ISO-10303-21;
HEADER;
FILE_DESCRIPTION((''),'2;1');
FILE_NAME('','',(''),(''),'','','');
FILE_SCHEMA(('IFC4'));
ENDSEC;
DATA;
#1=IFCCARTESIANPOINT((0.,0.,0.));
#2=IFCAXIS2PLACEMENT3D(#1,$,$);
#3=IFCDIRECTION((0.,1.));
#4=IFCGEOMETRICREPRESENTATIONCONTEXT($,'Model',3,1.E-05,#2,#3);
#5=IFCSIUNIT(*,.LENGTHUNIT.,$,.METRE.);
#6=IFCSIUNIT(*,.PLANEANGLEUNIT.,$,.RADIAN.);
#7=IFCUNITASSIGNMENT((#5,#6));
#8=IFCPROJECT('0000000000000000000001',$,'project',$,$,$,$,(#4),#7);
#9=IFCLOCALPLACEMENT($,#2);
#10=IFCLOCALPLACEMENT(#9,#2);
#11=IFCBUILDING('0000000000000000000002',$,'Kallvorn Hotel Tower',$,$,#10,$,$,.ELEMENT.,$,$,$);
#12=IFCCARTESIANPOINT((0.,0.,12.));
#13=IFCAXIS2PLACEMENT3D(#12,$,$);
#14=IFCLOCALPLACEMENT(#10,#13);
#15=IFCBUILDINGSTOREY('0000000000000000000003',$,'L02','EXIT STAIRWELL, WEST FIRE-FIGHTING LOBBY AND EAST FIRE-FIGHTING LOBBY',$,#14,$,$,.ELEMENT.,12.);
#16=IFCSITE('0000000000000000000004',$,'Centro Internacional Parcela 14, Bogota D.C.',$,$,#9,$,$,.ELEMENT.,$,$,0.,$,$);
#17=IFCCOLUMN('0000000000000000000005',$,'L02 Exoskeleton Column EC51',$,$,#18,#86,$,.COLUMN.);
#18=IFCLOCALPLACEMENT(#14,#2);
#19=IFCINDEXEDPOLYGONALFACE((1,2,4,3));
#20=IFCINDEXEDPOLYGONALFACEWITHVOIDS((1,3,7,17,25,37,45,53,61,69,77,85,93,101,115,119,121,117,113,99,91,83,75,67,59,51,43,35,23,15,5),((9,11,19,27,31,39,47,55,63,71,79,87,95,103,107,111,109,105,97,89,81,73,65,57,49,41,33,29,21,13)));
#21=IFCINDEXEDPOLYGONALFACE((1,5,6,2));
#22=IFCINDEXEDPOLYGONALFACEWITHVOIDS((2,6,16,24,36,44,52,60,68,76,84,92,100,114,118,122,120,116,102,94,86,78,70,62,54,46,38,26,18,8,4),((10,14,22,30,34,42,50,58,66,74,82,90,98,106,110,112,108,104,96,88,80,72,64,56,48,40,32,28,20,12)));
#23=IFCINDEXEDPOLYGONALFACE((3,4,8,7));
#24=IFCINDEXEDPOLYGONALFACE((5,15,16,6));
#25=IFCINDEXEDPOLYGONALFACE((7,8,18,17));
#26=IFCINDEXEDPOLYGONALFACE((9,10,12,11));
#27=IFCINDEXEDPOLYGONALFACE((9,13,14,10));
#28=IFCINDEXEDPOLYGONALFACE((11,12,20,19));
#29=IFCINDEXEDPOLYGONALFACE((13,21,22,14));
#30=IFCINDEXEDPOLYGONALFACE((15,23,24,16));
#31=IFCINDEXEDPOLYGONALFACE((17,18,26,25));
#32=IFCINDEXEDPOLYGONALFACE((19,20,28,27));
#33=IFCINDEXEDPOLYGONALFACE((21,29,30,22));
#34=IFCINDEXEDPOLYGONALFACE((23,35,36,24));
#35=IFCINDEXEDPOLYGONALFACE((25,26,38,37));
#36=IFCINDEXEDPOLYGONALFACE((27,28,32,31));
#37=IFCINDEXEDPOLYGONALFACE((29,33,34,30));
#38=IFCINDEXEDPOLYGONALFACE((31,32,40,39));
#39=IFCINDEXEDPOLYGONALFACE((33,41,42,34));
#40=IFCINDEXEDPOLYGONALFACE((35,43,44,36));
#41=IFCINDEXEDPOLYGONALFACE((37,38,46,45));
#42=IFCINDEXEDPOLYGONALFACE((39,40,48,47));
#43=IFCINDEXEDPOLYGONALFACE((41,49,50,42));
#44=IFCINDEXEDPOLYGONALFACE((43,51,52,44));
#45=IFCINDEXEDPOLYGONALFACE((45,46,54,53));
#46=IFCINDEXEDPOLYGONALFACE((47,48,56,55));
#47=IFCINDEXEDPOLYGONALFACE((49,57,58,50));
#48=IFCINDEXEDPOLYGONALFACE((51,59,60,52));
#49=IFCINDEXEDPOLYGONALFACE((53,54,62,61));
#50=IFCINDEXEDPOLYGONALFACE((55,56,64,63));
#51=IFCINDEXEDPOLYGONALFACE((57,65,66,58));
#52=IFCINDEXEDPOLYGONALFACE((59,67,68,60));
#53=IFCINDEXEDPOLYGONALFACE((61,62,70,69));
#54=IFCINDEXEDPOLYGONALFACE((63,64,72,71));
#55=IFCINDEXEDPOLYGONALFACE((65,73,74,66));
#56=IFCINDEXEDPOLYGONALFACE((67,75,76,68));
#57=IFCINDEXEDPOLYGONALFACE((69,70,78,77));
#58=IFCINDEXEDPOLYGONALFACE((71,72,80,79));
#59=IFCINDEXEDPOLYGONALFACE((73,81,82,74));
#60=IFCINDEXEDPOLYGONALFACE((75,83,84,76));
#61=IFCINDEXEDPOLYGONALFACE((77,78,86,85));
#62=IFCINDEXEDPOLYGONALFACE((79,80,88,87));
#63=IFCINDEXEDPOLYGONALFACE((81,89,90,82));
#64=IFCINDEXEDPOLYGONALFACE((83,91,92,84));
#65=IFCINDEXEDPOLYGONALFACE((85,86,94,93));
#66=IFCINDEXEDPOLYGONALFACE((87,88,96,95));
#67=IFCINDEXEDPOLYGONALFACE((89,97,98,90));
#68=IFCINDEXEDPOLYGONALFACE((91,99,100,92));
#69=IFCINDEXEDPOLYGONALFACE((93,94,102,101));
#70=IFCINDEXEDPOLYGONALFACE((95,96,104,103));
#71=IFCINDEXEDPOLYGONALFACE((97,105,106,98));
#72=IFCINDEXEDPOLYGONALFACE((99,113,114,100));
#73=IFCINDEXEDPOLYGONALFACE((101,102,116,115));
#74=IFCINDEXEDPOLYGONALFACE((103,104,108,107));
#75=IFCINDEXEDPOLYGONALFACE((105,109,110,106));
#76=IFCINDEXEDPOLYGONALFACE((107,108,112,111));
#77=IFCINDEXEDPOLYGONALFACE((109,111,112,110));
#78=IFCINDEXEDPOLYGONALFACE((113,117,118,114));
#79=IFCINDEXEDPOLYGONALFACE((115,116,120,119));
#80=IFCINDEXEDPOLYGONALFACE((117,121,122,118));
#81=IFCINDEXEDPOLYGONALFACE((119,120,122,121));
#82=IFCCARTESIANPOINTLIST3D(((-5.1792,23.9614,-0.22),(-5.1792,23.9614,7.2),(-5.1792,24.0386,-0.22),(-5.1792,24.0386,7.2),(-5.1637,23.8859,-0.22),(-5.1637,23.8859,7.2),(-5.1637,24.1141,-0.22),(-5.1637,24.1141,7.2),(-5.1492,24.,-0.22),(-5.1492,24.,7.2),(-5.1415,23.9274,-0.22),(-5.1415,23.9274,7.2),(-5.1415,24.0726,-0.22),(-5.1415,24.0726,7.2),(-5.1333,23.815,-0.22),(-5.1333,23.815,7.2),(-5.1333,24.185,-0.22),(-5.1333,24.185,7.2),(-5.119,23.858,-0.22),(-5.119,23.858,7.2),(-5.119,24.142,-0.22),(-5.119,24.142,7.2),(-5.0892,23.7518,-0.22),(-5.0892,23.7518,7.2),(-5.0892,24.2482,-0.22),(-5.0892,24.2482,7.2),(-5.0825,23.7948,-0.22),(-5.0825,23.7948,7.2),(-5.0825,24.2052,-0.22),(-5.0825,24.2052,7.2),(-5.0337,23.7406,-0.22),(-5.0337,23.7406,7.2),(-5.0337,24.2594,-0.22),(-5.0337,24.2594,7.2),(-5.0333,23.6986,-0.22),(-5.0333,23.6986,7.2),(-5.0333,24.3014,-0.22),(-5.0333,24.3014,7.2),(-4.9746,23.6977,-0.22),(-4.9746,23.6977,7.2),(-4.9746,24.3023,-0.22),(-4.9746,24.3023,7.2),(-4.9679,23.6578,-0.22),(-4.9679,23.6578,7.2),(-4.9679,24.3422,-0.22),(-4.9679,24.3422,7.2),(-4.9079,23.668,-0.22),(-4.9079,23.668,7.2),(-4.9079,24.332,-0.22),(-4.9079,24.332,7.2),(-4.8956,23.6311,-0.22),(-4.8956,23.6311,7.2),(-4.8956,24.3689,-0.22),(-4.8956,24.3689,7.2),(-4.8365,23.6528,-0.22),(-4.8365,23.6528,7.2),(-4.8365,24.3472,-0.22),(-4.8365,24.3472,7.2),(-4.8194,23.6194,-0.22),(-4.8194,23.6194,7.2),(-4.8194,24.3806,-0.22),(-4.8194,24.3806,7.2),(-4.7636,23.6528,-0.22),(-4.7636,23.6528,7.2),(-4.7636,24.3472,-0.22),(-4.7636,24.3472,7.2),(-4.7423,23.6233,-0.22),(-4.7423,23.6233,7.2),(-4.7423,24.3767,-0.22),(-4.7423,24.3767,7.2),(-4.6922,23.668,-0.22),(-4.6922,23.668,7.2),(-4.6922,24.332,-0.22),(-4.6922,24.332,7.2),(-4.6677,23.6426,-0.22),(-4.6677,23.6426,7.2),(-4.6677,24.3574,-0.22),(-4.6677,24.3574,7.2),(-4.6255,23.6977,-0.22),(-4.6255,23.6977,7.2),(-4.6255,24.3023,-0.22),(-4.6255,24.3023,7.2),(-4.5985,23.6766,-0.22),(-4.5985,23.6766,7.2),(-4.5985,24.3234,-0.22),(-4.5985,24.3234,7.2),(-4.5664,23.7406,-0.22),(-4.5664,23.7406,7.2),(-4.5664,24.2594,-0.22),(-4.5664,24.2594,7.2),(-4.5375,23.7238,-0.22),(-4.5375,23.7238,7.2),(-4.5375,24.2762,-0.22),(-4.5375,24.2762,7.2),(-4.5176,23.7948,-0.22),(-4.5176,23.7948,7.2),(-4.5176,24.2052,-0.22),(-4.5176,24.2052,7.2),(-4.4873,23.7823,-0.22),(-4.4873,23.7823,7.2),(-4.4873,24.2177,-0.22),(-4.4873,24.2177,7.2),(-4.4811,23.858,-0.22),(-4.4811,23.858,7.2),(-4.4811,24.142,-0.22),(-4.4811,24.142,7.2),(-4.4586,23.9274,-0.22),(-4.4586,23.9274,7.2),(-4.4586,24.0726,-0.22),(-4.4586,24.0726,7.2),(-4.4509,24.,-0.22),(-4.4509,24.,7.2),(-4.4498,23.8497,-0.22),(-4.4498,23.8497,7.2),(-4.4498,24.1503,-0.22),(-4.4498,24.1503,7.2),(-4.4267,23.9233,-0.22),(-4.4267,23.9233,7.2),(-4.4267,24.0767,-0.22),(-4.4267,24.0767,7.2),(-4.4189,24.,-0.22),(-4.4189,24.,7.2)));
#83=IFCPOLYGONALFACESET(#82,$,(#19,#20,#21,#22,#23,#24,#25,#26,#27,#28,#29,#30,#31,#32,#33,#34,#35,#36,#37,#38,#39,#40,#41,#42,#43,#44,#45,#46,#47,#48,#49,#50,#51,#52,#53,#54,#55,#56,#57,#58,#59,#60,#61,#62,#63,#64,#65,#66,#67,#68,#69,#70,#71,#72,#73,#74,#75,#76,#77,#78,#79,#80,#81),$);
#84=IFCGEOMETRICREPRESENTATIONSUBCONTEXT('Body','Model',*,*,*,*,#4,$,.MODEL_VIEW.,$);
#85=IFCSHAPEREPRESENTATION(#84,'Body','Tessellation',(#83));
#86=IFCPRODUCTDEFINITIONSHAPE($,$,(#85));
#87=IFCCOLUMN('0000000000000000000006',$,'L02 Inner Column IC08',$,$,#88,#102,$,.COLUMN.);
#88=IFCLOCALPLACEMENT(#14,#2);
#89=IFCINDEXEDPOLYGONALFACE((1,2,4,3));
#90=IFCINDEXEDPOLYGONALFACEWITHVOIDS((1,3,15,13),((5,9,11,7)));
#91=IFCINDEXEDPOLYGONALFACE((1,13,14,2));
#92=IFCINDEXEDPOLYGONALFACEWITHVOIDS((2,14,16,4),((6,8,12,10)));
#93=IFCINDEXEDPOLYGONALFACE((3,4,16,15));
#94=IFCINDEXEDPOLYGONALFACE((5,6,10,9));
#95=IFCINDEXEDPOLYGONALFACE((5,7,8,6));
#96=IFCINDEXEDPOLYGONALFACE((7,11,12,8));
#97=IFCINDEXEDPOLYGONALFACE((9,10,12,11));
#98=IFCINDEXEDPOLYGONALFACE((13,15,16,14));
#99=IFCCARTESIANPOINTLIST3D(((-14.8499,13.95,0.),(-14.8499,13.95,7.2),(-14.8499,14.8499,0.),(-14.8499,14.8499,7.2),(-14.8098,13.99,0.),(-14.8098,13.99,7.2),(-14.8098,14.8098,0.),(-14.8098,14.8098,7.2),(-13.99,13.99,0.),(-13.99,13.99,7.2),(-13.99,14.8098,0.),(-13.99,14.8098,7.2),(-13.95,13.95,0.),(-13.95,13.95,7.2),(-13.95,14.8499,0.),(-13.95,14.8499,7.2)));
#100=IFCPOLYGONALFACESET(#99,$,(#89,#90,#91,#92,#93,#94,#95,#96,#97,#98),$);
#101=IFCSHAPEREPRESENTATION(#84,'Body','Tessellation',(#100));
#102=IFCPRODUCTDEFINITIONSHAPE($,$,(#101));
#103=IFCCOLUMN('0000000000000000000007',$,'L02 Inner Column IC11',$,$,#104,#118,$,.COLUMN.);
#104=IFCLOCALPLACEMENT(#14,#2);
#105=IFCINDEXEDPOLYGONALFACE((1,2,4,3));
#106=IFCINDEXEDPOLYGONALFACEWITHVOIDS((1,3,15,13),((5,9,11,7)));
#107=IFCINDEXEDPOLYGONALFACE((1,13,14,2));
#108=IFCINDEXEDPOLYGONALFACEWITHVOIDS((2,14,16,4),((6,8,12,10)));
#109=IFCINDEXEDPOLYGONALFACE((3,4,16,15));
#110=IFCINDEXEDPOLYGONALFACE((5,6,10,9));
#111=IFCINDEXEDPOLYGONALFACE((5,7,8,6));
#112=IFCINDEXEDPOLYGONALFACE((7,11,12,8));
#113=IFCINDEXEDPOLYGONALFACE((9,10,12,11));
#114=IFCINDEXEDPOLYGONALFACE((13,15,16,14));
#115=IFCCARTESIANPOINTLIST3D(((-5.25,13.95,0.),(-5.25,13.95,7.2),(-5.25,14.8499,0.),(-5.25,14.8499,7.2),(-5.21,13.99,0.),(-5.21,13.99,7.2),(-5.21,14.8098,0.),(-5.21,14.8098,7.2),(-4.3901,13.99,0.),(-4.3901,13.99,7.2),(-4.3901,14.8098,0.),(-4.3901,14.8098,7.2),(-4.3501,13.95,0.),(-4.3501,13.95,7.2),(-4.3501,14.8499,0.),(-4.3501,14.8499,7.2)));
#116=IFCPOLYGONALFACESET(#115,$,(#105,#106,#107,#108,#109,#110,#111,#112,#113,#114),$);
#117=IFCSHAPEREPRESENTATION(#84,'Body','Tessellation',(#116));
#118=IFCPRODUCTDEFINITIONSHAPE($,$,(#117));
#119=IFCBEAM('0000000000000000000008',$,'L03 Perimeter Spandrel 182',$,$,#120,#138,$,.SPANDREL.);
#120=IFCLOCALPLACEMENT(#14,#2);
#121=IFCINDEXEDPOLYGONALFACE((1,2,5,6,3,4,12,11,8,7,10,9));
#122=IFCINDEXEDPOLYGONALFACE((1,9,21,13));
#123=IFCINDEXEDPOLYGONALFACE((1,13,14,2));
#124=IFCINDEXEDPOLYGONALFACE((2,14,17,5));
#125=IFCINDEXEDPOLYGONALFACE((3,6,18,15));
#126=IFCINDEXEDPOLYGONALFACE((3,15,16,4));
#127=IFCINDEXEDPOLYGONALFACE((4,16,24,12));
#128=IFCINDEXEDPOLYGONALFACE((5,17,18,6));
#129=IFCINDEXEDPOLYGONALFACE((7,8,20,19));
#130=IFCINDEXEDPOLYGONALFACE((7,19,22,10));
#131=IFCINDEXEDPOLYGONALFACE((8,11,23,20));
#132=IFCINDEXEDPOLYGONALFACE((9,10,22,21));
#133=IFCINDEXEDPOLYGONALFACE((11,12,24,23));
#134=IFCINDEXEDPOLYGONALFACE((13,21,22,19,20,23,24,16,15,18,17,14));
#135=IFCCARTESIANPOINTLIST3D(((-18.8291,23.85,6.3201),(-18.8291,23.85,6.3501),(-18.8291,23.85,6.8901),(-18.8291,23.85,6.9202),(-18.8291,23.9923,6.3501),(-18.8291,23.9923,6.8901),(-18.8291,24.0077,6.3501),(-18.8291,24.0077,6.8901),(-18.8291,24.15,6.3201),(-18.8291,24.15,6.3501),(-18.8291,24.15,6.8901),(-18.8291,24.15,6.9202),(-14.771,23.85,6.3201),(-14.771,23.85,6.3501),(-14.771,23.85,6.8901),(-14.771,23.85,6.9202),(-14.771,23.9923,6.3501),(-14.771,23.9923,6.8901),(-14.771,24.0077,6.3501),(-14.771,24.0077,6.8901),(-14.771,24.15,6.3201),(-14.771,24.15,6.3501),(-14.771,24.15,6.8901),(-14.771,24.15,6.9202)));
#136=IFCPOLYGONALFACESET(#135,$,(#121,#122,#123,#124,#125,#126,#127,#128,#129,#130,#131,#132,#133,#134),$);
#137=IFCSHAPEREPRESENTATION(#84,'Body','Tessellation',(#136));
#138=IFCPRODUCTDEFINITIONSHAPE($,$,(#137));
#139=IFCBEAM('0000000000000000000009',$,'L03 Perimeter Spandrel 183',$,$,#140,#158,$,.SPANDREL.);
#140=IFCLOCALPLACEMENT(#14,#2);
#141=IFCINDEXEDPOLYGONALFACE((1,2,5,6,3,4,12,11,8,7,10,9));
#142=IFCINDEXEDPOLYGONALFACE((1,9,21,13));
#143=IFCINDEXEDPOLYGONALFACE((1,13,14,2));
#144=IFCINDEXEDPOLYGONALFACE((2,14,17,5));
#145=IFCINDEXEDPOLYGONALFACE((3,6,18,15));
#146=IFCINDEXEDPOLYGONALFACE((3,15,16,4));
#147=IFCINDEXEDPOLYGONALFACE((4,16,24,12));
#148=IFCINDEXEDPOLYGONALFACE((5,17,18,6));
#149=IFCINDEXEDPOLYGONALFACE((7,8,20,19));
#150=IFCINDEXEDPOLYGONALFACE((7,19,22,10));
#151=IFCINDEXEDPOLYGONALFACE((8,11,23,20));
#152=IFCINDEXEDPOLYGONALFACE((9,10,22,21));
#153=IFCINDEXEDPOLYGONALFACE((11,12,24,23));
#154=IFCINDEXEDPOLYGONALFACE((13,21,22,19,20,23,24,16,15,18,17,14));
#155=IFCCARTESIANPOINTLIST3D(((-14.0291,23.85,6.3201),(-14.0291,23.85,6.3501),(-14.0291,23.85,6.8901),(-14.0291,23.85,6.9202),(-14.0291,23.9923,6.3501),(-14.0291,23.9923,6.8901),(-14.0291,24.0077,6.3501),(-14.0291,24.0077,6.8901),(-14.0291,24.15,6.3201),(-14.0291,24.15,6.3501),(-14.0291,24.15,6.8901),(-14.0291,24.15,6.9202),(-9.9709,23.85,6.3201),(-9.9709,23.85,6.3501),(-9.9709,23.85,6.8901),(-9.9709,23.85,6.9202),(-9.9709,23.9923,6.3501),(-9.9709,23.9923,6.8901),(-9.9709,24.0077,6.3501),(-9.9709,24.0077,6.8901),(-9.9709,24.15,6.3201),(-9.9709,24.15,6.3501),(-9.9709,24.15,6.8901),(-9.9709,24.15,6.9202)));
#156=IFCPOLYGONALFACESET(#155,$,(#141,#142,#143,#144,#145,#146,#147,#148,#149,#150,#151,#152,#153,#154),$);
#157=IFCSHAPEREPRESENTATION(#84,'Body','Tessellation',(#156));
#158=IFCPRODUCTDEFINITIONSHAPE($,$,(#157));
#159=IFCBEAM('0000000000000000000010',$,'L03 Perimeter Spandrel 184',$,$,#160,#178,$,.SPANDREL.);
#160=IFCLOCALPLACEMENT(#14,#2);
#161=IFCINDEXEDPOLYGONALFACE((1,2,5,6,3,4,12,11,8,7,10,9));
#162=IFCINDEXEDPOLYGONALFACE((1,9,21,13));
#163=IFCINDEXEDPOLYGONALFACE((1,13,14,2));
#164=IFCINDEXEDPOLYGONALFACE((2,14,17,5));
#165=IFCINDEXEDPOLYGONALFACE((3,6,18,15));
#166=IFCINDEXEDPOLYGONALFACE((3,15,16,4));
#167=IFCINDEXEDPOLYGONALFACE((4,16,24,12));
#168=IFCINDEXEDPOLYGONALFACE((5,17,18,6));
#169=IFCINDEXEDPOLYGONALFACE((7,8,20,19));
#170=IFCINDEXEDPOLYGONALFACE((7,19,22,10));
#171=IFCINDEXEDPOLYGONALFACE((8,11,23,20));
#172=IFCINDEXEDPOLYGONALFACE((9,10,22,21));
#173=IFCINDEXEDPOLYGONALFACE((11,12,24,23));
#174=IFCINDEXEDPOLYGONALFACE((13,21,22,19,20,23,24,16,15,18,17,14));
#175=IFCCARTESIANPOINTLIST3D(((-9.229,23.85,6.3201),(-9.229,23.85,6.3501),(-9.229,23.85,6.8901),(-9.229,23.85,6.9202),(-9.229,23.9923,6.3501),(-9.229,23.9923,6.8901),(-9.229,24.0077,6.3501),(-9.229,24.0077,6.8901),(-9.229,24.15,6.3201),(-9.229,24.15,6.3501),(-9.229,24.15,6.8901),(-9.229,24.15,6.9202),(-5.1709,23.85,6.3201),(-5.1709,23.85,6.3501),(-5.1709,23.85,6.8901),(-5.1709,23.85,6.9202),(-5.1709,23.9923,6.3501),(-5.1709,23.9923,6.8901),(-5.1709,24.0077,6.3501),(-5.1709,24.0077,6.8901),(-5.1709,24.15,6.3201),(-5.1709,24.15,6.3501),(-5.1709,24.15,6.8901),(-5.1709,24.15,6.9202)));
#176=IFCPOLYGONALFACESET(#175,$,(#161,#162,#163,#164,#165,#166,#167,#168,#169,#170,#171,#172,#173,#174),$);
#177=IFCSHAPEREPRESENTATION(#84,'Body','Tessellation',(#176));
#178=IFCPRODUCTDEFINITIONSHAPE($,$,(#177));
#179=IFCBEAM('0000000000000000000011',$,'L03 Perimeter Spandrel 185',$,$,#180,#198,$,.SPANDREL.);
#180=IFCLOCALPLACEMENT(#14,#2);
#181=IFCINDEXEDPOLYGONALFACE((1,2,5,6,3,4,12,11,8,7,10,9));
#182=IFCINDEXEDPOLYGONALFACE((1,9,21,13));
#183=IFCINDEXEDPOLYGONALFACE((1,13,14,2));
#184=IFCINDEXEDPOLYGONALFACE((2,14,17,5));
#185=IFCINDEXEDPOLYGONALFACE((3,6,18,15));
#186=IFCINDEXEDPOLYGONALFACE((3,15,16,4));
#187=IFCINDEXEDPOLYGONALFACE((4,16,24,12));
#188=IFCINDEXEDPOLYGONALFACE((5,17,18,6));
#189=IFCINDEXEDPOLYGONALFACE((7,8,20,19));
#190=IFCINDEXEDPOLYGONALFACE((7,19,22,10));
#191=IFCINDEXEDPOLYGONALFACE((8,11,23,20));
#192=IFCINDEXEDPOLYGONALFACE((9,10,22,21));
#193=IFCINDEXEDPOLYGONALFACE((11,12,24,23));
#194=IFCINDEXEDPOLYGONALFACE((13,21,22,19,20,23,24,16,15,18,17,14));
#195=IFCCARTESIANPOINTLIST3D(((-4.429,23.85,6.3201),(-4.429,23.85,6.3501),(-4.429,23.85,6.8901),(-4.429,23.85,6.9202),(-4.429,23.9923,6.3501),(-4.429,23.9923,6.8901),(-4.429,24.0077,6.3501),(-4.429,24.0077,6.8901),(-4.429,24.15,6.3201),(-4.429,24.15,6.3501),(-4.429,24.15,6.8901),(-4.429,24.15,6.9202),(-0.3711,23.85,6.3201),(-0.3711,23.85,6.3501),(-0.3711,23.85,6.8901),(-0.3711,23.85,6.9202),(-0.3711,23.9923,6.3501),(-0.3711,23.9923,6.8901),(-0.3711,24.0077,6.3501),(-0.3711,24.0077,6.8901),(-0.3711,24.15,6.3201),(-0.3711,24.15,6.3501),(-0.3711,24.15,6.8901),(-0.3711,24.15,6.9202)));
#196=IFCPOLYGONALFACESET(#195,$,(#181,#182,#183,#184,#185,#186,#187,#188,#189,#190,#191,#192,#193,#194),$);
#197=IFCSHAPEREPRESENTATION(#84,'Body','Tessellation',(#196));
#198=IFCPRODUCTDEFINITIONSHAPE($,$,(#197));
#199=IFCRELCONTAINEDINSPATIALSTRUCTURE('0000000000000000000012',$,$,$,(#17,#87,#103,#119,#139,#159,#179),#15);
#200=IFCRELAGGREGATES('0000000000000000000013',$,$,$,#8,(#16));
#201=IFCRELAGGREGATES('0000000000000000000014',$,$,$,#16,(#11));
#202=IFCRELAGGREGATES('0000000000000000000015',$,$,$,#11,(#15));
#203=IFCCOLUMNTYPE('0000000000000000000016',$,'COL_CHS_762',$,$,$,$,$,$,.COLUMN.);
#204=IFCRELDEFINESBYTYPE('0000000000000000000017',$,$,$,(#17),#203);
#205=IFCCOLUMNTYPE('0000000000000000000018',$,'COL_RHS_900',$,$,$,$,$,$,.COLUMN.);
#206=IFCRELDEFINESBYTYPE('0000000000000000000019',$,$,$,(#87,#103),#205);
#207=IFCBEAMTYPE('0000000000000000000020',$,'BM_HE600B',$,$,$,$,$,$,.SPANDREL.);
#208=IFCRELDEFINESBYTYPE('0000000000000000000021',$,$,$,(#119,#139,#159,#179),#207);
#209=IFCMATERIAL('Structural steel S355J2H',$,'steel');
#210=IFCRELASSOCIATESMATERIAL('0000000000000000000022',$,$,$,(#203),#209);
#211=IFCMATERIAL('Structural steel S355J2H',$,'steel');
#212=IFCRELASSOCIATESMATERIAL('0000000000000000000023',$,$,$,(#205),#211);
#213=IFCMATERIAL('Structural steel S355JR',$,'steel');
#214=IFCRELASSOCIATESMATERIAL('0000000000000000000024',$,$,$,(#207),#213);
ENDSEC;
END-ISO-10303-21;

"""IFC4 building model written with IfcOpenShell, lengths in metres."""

from ifc_helpers import new_model, si_unit, direction, frame, origin, origin_2d, place, context, subcontext, project, spatial, hollow_rectangle, hollow_circle, i_section, extrude, material, material_profile, profile_set, type_object, element, save


model = new_model("IFC4")

# Units and contexts
model_context = context("Model", 3, precision=1e-05, world=origin(), true_north=direction((0.0, 1.0)))
body_context = subcontext(model_context, "Body", "Model", "MODEL_VIEW")
ifc_project = project(units=[si_unit("LENGTHUNIT", "METRE"), si_unit("PLANEANGLEUNIT", "RADIAN")], contexts=[model_context])

# Site, building, storey
site_placement = place(None, origin())
site = spatial("IfcSite", under=ifc_project, at=site_placement, Name="Centro Internacional Parcela 14, Bogota D.C.", CompositionType="ELEMENT", RefElevation=0.0)
building_placement = place(site_placement, origin())
building = spatial("IfcBuilding", under=site, at=building_placement, Name="Kallvorn Hotel Tower", CompositionType="ELEMENT")
storey_placement = place(building_placement, frame((0.0, 0.0, 12.0)))
storey = spatial("IfcBuildingStorey", under=building, at=storey_placement, Name="L02", Description="EXIT STAIRWELL, WEST FIRE-FIGHTING LOBBY AND EAST FIRE-FIGHTING LOBBY", CompositionType="ELEMENT", Elevation=12.0)

# Columns
ifc_material_1 = material(Name="Structural steel S355J2H", Category="steel")
ifc_material_profile_1 = material_profile(ifc_material_1, hollow_circle(Radius=0.3811, WallThickness=0.032, at=origin_2d()), Name="CHS 762x32")
ifc_profile_set_1 = profile_set([ifc_material_profile_1], Name="Structural steel S355J2H")
column_type_1 = type_object("IfcColumnType", Name="COL_CHS_762", PredefinedType="COLUMN", material=ifc_profile_set_1)
column_1_placement = place(storey_placement, frame((-4.8, 24.0, -0.22), z_axis=(0.0, 0.0, 1.0), x_axis=(1.0, 0.0, 0.0)))
element("IfcColumn", 1, at=column_1_placement, inside=storey, type_object=column_type_1, Name="L02 Exoskeleton Column EC51", PredefinedType="COLUMN", context=body_context, shape_type="SweptSolid", body=[
    extrude(hollow_circle(Radius=0.3811, WallThickness=0.032, at=origin_2d()), origin(), (0.0, 0.0, 1.0), 7.4199),
])
ifc_material_2 = material(Name="Structural steel S355J2H", Category="steel")
ifc_material_profile_2 = material_profile(ifc_material_2, hollow_rectangle(XDim=0.8999, YDim=0.8999, WallThickness=0.04, at=origin_2d()), Name="RHS 900x900x40")
ifc_profile_set_2 = profile_set([ifc_material_profile_2], Name="Structural steel S355J2H")
column_type_2 = type_object("IfcColumnType", Name="COL_RHS_900", PredefinedType="COLUMN", material=ifc_profile_set_2)
for number, where, z_axis, x_axis, name in (
    (2, (-14.3999, 14.3999, 0.0), (0.0, 0.0, 1.0), (1.0, 0.0, 0.0), "L02 Inner Column IC08"),
    (3, (-4.8, 14.3999, 0.0), (0.0, 0.0, 1.0), (1.0, 0.0, 0.0), "L02 Inner Column IC11"),
):
    element("IfcColumn", number, at=place(storey_placement, frame(where, z_axis=z_axis, x_axis=x_axis)), inside=storey, type_object=column_type_2, Name=name, PredefinedType="COLUMN", context=body_context, shape_type="SweptSolid", body=[
        extrude(hollow_rectangle(XDim=0.8999, YDim=0.8999, WallThickness=0.04, at=origin_2d()), origin(), (0.0, 0.0, 1.0), 7.2),
    ])

# Beams
ifc_material_3 = material(Name="Structural steel S355JR", Category="steel")
ifc_material_profile_3 = material_profile(ifc_material_3, i_section(OverallWidth=0.3, OverallDepth=0.6001, WebThickness=0.0154, FlangeThickness=0.03, at=origin_2d()), Name="HE 600 B")
ifc_profile_set_3 = profile_set([ifc_material_profile_3], Name="Structural steel S355JR")
beam_type_1 = type_object("IfcBeamType", Name="BM_HE600B", PredefinedType="SPANDREL", material=ifc_profile_set_3)
for number, where, z_axis, x_axis, name in (
    (4, (-18.8291, 24.0, 6.6201), (1.0, 0.0, 0.0), (0.0, 1.0, 0.0), "L03 Perimeter Spandrel 182"),
    (5, (-14.0291, 24.0, 6.6201), (1.0, 0.0, 0.0), (0.0, 1.0, 0.0), "L03 Perimeter Spandrel 183"),
    (6, (-9.229, 24.0, 6.6201), (1.0, 0.0, 0.0), (0.0, 1.0, 0.0), "L03 Perimeter Spandrel 184"),
):
    element("IfcBeam", number, at=place(storey_placement, frame(where, z_axis=z_axis, x_axis=x_axis)), inside=storey, type_object=beam_type_1, Name=name, PredefinedType="SPANDREL", context=body_context, shape_type="SweptSolid", body=[
        extrude(i_section(OverallWidth=0.3, OverallDepth=0.6001, WebThickness=0.0154, FlangeThickness=0.03, at=origin_2d()), origin(), (0.0, 0.0, 1.0), 4.0581),
    ])
beam_1_placement = place(storey_placement, frame((-4.429, 24.0, 6.6201), z_axis=(1.0, 0.0, 0.0), x_axis=(0.0, 1.0, 0.0)))
element("IfcBeam", 7, at=beam_1_placement, inside=storey, type_object=beam_type_1, Name="L03 Perimeter Spandrel 185", PredefinedType="SPANDREL", context=body_context, shape_type="SweptSolid", body=[
    extrude(i_section(OverallWidth=0.3, OverallDepth=0.6001, WebThickness=0.0154, FlangeThickness=0.03, at=origin_2d()), origin(), (0.0, 0.0, 1.0), 4.0579),
])

save(model, "model.ifc")
